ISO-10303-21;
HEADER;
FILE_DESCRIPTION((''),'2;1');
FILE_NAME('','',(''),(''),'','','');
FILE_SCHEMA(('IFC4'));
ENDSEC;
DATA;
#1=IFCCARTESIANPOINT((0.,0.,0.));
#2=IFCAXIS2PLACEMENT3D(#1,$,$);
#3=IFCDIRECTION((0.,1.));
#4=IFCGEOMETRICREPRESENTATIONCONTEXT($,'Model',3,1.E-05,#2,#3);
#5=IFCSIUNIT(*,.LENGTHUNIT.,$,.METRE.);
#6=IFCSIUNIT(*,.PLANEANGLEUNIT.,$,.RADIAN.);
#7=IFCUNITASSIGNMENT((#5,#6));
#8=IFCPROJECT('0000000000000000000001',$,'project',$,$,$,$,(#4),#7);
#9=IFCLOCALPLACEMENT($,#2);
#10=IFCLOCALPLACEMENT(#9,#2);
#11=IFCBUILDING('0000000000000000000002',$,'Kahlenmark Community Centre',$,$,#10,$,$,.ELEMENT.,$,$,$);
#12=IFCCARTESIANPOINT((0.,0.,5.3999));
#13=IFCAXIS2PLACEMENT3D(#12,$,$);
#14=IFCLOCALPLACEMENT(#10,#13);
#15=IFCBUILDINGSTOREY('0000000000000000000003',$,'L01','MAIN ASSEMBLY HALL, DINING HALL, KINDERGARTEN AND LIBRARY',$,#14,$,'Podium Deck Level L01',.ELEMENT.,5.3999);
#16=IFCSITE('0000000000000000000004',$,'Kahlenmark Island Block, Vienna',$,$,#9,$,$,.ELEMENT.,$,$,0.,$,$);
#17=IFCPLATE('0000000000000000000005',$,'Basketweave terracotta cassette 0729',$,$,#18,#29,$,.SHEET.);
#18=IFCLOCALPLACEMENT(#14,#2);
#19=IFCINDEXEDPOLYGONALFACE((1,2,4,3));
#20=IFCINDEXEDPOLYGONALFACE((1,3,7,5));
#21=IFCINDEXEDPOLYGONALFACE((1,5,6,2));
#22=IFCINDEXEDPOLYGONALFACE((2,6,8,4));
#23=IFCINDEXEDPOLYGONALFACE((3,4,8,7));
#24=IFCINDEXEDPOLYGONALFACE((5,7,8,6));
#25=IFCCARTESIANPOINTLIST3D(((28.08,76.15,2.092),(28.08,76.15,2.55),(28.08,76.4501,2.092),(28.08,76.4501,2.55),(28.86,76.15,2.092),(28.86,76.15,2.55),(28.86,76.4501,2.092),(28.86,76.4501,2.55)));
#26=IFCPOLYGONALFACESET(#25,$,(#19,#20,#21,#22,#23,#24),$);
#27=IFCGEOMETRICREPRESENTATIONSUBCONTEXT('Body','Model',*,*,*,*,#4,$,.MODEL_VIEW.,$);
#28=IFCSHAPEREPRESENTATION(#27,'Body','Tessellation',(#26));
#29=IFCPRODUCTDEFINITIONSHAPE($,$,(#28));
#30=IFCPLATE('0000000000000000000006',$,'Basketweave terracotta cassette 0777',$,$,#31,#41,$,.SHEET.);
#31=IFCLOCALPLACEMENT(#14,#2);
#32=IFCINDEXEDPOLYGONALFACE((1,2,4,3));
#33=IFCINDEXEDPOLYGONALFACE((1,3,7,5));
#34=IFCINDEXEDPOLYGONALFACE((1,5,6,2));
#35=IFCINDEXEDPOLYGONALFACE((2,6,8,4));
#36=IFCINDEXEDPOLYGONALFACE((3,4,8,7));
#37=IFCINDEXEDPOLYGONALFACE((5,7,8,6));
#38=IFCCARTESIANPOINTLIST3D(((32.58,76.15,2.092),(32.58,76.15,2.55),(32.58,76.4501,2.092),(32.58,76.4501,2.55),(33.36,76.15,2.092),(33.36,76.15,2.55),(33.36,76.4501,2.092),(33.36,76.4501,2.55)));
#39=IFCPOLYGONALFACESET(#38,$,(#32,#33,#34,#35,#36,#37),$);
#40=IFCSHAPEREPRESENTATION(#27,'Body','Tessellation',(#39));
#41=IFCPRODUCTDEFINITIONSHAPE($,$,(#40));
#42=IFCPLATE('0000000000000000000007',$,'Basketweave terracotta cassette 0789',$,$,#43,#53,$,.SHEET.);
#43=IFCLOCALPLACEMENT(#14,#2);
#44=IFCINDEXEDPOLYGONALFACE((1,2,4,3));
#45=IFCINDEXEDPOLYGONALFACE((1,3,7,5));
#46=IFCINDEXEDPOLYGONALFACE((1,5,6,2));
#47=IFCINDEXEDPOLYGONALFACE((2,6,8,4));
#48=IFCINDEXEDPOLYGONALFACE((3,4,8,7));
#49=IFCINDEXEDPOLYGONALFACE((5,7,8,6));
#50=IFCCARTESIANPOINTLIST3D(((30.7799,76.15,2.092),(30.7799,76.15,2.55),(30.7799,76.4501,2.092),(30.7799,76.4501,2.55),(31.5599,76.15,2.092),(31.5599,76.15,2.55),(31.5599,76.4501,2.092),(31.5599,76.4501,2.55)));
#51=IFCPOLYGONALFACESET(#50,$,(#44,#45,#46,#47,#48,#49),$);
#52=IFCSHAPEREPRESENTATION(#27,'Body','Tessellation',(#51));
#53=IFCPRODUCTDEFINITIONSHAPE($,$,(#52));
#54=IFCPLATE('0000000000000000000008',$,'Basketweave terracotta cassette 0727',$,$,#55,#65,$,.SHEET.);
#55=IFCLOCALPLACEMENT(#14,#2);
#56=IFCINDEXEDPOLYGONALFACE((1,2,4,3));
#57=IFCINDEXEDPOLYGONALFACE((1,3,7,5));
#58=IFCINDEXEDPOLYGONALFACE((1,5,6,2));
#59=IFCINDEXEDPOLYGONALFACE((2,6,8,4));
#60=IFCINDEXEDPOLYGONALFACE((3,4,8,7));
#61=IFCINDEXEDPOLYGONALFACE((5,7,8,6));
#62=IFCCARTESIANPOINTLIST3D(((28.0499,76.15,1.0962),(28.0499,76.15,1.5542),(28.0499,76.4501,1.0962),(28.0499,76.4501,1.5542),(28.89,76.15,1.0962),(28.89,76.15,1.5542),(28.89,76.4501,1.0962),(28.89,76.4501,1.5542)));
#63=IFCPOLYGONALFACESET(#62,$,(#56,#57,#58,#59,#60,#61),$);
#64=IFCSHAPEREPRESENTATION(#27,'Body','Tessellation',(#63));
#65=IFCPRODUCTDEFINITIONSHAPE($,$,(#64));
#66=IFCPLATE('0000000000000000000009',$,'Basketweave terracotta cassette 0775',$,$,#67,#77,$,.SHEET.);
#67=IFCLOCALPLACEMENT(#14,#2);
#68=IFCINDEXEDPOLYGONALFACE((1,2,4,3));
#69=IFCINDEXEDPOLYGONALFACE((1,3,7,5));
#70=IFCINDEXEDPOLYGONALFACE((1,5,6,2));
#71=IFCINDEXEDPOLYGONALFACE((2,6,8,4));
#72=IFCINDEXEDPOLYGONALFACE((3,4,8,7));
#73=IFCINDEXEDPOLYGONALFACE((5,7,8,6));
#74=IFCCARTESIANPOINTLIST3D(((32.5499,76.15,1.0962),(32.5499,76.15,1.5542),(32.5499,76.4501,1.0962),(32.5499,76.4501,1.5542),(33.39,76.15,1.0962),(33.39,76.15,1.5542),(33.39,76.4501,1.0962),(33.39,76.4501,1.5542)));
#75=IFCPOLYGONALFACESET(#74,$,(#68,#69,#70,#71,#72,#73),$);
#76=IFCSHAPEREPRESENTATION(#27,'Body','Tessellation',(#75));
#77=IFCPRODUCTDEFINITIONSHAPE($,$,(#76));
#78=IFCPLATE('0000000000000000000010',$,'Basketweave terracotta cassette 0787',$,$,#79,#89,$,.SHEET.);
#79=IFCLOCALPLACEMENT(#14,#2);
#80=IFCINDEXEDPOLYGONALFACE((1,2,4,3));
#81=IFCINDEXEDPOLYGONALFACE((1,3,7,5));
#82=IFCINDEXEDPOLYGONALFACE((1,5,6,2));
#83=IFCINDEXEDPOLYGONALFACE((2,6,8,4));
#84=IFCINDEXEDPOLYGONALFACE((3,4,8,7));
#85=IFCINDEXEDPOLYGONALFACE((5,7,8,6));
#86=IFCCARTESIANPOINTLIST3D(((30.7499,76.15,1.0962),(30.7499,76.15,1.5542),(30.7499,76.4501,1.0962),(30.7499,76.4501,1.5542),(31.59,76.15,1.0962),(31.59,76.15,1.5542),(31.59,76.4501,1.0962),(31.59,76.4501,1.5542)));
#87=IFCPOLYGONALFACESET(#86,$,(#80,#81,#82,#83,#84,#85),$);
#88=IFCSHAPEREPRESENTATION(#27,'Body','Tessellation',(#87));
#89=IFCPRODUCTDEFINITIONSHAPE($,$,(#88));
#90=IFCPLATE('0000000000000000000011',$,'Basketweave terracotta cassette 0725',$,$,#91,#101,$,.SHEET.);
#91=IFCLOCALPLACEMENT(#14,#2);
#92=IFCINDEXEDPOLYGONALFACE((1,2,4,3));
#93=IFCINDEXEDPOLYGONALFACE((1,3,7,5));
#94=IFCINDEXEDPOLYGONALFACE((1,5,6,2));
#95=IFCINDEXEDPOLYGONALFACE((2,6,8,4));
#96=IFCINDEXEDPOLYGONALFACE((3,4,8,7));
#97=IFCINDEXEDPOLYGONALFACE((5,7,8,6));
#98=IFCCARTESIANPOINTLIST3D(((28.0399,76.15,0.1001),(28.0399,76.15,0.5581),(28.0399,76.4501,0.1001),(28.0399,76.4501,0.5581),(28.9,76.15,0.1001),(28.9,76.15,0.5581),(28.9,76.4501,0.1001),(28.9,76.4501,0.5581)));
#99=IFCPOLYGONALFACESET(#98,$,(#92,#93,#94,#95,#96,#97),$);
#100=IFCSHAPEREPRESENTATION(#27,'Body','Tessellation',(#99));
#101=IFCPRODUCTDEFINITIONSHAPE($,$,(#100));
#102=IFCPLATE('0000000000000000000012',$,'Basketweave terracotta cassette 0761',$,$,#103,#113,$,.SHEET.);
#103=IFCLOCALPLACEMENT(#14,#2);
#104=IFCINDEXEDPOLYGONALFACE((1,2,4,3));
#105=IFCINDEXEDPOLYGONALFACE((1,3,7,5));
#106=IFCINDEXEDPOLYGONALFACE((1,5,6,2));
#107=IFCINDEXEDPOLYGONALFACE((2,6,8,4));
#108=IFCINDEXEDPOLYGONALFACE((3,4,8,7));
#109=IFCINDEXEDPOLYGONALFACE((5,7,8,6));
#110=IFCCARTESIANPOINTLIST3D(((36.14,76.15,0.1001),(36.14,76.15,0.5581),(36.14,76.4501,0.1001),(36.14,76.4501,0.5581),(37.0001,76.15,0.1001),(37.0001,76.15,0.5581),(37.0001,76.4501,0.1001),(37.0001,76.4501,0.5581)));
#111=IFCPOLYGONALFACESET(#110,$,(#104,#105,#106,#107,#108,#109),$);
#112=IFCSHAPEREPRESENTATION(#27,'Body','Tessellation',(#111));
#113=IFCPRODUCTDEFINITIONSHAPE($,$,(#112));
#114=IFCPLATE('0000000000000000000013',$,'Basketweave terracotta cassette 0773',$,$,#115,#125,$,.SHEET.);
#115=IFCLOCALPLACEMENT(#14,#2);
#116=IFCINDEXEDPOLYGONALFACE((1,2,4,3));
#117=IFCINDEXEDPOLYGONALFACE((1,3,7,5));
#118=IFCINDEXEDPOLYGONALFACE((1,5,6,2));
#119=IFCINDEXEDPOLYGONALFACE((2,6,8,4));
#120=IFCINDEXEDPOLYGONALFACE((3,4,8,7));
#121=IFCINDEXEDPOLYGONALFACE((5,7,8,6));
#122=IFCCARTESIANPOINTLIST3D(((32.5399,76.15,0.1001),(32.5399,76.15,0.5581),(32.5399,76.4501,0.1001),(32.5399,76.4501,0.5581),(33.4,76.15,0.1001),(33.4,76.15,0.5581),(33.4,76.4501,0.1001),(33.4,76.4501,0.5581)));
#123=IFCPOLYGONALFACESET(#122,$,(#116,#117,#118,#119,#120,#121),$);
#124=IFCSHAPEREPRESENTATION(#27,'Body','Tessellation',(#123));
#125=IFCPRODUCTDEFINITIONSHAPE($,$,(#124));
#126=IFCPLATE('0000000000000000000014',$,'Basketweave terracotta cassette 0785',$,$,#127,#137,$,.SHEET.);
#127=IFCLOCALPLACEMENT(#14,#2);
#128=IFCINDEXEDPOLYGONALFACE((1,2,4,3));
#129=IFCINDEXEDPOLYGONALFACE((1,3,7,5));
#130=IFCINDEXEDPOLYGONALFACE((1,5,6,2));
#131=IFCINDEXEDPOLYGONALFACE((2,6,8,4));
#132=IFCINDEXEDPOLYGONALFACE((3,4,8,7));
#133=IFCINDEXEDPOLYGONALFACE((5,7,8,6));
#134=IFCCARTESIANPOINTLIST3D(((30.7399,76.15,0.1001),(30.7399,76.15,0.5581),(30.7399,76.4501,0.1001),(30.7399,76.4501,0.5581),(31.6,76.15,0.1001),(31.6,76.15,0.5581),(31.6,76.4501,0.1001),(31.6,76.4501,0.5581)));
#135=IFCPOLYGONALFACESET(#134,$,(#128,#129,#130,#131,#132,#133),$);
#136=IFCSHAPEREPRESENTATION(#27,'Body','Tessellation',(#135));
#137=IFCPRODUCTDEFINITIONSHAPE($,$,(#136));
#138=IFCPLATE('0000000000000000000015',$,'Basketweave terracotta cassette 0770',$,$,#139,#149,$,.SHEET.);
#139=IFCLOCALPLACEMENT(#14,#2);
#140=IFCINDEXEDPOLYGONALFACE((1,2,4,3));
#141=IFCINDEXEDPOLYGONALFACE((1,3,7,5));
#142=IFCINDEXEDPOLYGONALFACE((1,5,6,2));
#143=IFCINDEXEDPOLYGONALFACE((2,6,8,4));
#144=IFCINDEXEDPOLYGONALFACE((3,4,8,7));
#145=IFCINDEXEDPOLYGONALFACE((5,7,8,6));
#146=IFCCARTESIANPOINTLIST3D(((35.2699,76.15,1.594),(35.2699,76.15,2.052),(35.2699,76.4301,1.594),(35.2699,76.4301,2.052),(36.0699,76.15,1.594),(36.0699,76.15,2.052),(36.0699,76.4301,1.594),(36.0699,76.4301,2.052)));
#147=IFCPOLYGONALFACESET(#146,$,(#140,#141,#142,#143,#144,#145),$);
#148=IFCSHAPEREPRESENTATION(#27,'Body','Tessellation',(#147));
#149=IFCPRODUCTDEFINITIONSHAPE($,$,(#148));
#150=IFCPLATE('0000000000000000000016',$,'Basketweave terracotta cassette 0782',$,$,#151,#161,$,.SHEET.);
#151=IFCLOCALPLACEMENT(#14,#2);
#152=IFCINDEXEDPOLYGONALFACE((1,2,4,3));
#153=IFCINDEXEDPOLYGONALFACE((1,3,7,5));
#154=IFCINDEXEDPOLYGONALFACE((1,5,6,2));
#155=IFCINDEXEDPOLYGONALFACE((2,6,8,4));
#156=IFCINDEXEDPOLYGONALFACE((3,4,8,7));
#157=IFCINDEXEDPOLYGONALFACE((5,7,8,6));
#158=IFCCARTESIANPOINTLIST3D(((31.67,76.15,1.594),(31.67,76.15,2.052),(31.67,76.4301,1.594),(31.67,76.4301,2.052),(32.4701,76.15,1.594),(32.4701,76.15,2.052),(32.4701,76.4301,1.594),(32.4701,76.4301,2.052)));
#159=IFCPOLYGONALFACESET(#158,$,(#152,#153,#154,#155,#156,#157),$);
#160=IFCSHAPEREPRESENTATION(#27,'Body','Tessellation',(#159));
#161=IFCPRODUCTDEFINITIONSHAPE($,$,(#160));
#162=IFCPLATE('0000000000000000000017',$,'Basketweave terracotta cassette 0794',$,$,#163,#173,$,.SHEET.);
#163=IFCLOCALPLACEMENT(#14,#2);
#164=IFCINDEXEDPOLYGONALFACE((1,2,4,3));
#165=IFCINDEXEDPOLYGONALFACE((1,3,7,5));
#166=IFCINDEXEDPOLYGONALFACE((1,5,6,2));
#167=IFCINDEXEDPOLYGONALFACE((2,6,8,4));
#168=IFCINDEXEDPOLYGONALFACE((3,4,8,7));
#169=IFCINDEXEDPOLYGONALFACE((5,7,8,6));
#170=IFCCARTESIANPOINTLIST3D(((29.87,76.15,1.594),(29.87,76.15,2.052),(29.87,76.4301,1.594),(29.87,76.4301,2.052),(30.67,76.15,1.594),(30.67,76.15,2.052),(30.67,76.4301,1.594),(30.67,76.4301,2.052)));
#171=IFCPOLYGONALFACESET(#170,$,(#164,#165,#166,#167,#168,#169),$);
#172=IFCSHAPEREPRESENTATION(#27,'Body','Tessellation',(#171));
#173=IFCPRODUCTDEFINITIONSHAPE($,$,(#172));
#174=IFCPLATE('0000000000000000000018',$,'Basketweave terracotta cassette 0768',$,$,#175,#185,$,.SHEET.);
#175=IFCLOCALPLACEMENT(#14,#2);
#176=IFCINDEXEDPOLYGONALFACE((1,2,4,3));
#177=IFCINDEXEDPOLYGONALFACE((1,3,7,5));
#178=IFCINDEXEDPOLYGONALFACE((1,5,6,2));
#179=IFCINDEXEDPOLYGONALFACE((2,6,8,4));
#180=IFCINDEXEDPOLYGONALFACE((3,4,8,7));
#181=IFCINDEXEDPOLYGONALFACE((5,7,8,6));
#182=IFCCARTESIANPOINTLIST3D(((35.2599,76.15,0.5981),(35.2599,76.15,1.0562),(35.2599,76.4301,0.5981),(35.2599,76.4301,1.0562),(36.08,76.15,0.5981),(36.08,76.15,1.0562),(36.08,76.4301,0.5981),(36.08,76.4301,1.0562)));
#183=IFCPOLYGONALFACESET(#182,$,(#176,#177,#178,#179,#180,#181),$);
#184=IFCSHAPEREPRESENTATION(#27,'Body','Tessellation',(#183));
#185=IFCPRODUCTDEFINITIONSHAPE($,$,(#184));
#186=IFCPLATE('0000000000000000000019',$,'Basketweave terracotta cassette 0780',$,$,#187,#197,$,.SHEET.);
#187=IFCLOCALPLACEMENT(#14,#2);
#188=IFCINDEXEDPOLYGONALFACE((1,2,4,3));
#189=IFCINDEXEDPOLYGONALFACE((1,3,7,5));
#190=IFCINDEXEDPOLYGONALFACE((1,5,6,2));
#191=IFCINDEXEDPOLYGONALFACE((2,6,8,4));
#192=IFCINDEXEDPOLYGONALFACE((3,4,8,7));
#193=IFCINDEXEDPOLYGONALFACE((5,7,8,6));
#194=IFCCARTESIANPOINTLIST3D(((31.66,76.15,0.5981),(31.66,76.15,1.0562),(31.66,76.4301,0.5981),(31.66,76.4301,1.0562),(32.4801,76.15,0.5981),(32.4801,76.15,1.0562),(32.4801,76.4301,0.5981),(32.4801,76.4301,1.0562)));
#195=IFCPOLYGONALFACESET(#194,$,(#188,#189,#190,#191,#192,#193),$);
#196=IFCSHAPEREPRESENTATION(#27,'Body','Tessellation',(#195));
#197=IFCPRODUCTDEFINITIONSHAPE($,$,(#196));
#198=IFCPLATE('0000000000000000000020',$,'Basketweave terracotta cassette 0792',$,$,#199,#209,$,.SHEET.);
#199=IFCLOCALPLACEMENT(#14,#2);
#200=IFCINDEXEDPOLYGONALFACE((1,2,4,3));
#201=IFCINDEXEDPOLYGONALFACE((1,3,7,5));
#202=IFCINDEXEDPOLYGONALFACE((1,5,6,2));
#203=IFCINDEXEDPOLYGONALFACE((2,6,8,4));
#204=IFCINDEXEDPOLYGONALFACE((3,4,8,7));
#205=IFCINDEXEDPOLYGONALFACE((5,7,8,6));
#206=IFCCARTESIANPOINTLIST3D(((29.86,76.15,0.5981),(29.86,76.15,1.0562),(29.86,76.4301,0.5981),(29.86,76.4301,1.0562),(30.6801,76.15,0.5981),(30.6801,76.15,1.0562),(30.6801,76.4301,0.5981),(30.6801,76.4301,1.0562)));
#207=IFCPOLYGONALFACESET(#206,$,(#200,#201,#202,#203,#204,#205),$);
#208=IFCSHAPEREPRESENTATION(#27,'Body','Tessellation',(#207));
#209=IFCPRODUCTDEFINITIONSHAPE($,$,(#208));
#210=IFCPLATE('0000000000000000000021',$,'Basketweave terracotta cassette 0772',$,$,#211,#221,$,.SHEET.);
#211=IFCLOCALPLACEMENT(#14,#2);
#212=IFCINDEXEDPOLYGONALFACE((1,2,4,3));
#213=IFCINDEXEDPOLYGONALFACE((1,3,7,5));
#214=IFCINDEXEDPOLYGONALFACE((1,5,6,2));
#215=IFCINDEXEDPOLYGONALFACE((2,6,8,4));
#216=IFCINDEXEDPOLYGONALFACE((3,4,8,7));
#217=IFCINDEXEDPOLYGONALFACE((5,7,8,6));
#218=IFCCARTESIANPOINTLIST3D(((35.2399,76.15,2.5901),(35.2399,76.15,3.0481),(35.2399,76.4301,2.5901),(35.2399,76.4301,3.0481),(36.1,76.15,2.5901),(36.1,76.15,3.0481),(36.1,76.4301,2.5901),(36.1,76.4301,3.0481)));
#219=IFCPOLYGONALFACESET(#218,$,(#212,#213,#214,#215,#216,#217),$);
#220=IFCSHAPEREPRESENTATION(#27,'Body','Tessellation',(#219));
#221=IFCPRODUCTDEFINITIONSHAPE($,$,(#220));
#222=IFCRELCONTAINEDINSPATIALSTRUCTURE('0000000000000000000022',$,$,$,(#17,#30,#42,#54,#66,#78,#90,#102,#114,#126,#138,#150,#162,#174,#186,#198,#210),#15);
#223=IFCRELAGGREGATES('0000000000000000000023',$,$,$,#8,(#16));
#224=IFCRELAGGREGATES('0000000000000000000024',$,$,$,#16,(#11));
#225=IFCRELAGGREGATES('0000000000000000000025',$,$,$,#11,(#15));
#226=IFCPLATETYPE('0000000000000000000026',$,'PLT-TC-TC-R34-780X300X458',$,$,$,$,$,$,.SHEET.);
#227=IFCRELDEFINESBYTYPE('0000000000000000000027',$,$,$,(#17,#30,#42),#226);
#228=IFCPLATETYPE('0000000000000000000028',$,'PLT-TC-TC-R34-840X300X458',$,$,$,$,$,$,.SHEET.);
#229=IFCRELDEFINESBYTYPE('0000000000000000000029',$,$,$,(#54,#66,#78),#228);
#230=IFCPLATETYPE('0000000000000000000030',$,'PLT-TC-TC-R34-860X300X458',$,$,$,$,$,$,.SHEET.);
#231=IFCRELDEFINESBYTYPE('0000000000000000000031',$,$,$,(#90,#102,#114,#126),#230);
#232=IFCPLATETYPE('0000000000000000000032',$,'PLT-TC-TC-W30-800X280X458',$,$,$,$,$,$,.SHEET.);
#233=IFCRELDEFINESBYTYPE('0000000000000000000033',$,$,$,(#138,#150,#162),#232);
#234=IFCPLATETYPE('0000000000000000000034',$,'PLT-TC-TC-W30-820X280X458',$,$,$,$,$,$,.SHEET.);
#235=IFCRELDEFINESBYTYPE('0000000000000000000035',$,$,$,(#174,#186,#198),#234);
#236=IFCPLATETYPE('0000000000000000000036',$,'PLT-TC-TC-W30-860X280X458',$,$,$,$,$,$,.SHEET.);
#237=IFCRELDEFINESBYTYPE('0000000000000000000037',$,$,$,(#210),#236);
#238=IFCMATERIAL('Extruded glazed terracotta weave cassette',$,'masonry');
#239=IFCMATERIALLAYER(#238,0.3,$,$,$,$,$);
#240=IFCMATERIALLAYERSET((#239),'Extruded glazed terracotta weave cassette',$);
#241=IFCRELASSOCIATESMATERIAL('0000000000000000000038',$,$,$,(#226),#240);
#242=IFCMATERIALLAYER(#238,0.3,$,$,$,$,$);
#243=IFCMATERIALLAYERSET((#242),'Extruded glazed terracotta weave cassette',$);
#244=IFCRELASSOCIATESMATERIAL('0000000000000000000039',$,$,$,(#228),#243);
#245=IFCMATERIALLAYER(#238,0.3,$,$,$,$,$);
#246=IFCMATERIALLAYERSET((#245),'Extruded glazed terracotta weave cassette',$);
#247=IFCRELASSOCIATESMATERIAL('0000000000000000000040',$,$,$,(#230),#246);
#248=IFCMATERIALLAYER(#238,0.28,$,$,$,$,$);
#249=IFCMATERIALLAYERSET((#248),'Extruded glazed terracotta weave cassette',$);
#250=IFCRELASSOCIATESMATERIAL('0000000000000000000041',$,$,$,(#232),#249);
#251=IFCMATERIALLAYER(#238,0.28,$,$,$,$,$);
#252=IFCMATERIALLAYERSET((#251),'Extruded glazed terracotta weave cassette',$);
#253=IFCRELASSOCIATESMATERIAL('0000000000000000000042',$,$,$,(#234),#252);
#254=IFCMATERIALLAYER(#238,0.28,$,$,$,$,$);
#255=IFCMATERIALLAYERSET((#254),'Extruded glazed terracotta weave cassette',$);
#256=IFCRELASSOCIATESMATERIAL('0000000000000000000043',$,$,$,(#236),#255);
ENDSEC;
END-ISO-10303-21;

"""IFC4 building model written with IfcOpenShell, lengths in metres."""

from ifc_helpers import new_model, si_unit, direction, frame, origin, origin_2d, place, context, subcontext, project, spatial, rectangle, extrude, material, layer, layer_set, type_object, element, save


model = new_model("IFC4")

# Units and contexts
model_context = context("Model", 3, precision=1e-05, world=origin(), true_north=direction((0.0, 1.0)))
body_context = subcontext(model_context, "Body", "Model", "MODEL_VIEW")
ifc_project = project(units=[si_unit("LENGTHUNIT", "METRE"), si_unit("PLANEANGLEUNIT", "RADIAN")], contexts=[model_context])

# Site, building, storey
site_placement = place(None, origin())
site = spatial("IfcSite", under=ifc_project, at=site_placement, Name="Kahlenmark Island Block, Vienna", CompositionType="ELEMENT", RefElevation=0.0)
building_placement = place(site_placement, origin())
building = spatial("IfcBuilding", under=site, at=building_placement, Name="Kahlenmark Community Centre", CompositionType="ELEMENT")
storey_placement = place(building_placement, frame((0.0, 0.0, 5.3999)))
storey = spatial("IfcBuildingStorey", under=building, at=storey_placement, Name="L01", Description="MAIN ASSEMBLY HALL, DINING HALL, KINDERGARTEN AND LIBRARY", LongName="Podium Deck Level L01", CompositionType="ELEMENT", Elevation=5.3999)

# Plates
ifc_material_1 = material(Name="Extruded glazed terracotta weave cassette", Category="masonry")
ifc_layer_1 = layer(ifc_material_1, 0.3)
ifc_layer_set_1 = layer_set([ifc_layer_1], Name="Extruded glazed terracotta weave cassette")
plate_type_1 = type_object("IfcPlateType", Name="PLT-TC-TC-R34-780X300X458", PredefinedType="SHEET", material=ifc_layer_set_1)
for number, where, z_axis, x_axis, name in (
    (1, (28.47, 76.3, 2.092), (0.0, 0.0, 1.0), (-1.0, 0.0, 0.0), "Basketweave terracotta cassette 0729"),
    (2, (32.97, 76.3, 2.092), (0.0, 0.0, 1.0), (-1.0, 0.0, 0.0), "Basketweave terracotta cassette 0777"),
    (3, (31.1699, 76.3, 2.092), (0.0, 0.0, 1.0), (-1.0, 0.0, 0.0), "Basketweave terracotta cassette 0789"),
):
    element("IfcPlate", number, at=place(storey_placement, frame(where, z_axis=z_axis, x_axis=x_axis)), inside=storey, type_object=plate_type_1, Name=name, PredefinedType="SHEET", context=body_context, shape_type="SweptSolid", body=[
        extrude(rectangle(XDim=0.78, YDim=0.3, at=origin_2d()), origin(), (0.0, 0.0, 1.0), 0.458),
    ])
ifc_layer_2 = layer(ifc_material_1, 0.3)
ifc_layer_set_2 = layer_set([ifc_layer_2], Name="Extruded glazed terracotta weave cassette")
plate_type_2 = type_object("IfcPlateType", Name="PLT-TC-TC-R34-840X300X458", PredefinedType="SHEET", material=ifc_layer_set_2)
for number, where, z_axis, x_axis, name in (
    (4, (28.47, 76.3, 1.0962), (0.0, 0.0, 1.0), (-1.0, 0.0, 0.0), "Basketweave terracotta cassette 0727"),
    (5, (32.97, 76.3, 1.0962), (0.0, 0.0, 1.0), (-1.0, 0.0, 0.0), "Basketweave terracotta cassette 0775"),
    (6, (31.1699, 76.3, 1.0962), (0.0, 0.0, 1.0), (-1.0, 0.0, 0.0), "Basketweave terracotta cassette 0787"),
):
    element("IfcPlate", number, at=place(storey_placement, frame(where, z_axis=z_axis, x_axis=x_axis)), inside=storey, type_object=plate_type_2, Name=name, PredefinedType="SHEET", context=body_context, shape_type="SweptSolid", body=[
        extrude(rectangle(XDim=0.8401, YDim=0.3, at=origin_2d()), origin(), (0.0, 0.0, 1.0), 0.458),
    ])
ifc_layer_3 = layer(ifc_material_1, 0.3)
ifc_layer_set_3 = layer_set([ifc_layer_3], Name="Extruded glazed terracotta weave cassette")
plate_type_3 = type_object("IfcPlateType", Name="PLT-TC-TC-R34-860X300X458", PredefinedType="SHEET", material=ifc_layer_set_3)
for number, where, z_axis, x_axis, name in (
    (7, (28.47, 76.3, 0.1001), (0.0, 0.0, 1.0), (-1.0, 0.0, 0.0), "Basketweave terracotta cassette 0725"),
    (8, (36.5701, 76.3, 0.1001), (0.0, 0.0, 1.0), (-1.0, 0.0, 0.0), "Basketweave terracotta cassette 0761"),
    (9, (32.97, 76.3, 0.1001), (0.0, 0.0, 1.0), (-1.0, 0.0, 0.0), "Basketweave terracotta cassette 0773"),
    (10, (31.1699, 76.3, 0.1001), (0.0, 0.0, 1.0), (-1.0, 0.0, 0.0), "Basketweave terracotta cassette 0785"),
):
    element("IfcPlate", number, at=place(storey_placement, frame(where, z_axis=z_axis, x_axis=x_axis)), inside=storey, type_object=plate_type_3, Name=name, PredefinedType="SHEET", context=body_context, shape_type="SweptSolid", body=[
        extrude(rectangle(XDim=0.8601, YDim=0.3, at=origin_2d()), origin(), (0.0, 0.0, 1.0), 0.458),
    ])
ifc_layer_4 = layer(ifc_material_1, 0.28)
ifc_layer_set_4 = layer_set([ifc_layer_4], Name="Extruded glazed terracotta weave cassette")
plate_type_4 = type_object("IfcPlateType", Name="PLT-TC-TC-W30-800X280X458", PredefinedType="SHEET", material=ifc_layer_set_4)
for number, where, z_axis, x_axis, name in (
    (11, (35.6699, 76.29, 1.594), (0.0, 0.0, 1.0), (-1.0, 0.0, 0.0), "Basketweave terracotta cassette 0770"),
    (12, (32.0701, 76.29, 1.594), (0.0, 0.0, 1.0), (-1.0, 0.0, 0.0), "Basketweave terracotta cassette 0782"),
    (13, (30.27, 76.29, 1.594), (0.0, 0.0, 1.0), (-1.0, 0.0, 0.0), "Basketweave terracotta cassette 0794"),
):
    element("IfcPlate", number, at=place(storey_placement, frame(where, z_axis=z_axis, x_axis=x_axis)), inside=storey, type_object=plate_type_4, Name=name, PredefinedType="SHEET", context=body_context, shape_type="SweptSolid", body=[
        extrude(rectangle(XDim=0.8, YDim=0.28, at=origin_2d()), origin(), (0.0, 0.0, 1.0), 0.458),
    ])
ifc_layer_5 = layer(ifc_material_1, 0.28)
ifc_layer_set_5 = layer_set([ifc_layer_5], Name="Extruded glazed terracotta weave cassette")
plate_type_5 = type_object("IfcPlateType", Name="PLT-TC-TC-W30-820X280X458", PredefinedType="SHEET", material=ifc_layer_set_5)
for number, where, z_axis, x_axis, name in (
    (14, (35.6699, 76.29, 0.5981), (0.0, 0.0, 1.0), (-1.0, 0.0, 0.0), "Basketweave terracotta cassette 0768"),
    (15, (32.0701, 76.29, 0.5981), (0.0, 0.0, 1.0), (-1.0, 0.0, 0.0), "Basketweave terracotta cassette 0780"),
    (16, (30.27, 76.29, 0.5981), (0.0, 0.0, 1.0), (-1.0, 0.0, 0.0), "Basketweave terracotta cassette 0792"),
):
    element("IfcPlate", number, at=place(storey_placement, frame(where, z_axis=z_axis, x_axis=x_axis)), inside=storey, type_object=plate_type_5, Name=name, PredefinedType="SHEET", context=body_context, shape_type="SweptSolid", body=[
        extrude(rectangle(XDim=0.8201, YDim=0.28, at=origin_2d()), origin(), (0.0, 0.0, 1.0), 0.458),
    ])
ifc_layer_6 = layer(ifc_material_1, 0.28)
ifc_layer_set_6 = layer_set([ifc_layer_6], Name="Extruded glazed terracotta weave cassette")
plate_type_6 = type_object("IfcPlateType", Name="PLT-TC-TC-W30-860X280X458", PredefinedType="SHEET", material=ifc_layer_set_6)
for number, where, z_axis, x_axis, name in (
    (17, (35.6699, 76.29, 2.5901), (0.0, 0.0, 1.0), (-1.0, 0.0, 0.0), "Basketweave terracotta cassette 0772"),
):
    element("IfcPlate", number, at=place(storey_placement, frame(where, z_axis=z_axis, x_axis=x_axis)), inside=storey, type_object=plate_type_6, Name=name, PredefinedType="SHEET", context=body_context, shape_type="SweptSolid", body=[
        extrude(rectangle(XDim=0.8601, YDim=0.28, at=origin_2d()), origin(), (0.0, 0.0, 1.0), 0.458),
    ])

save(model, "model.ifc")
